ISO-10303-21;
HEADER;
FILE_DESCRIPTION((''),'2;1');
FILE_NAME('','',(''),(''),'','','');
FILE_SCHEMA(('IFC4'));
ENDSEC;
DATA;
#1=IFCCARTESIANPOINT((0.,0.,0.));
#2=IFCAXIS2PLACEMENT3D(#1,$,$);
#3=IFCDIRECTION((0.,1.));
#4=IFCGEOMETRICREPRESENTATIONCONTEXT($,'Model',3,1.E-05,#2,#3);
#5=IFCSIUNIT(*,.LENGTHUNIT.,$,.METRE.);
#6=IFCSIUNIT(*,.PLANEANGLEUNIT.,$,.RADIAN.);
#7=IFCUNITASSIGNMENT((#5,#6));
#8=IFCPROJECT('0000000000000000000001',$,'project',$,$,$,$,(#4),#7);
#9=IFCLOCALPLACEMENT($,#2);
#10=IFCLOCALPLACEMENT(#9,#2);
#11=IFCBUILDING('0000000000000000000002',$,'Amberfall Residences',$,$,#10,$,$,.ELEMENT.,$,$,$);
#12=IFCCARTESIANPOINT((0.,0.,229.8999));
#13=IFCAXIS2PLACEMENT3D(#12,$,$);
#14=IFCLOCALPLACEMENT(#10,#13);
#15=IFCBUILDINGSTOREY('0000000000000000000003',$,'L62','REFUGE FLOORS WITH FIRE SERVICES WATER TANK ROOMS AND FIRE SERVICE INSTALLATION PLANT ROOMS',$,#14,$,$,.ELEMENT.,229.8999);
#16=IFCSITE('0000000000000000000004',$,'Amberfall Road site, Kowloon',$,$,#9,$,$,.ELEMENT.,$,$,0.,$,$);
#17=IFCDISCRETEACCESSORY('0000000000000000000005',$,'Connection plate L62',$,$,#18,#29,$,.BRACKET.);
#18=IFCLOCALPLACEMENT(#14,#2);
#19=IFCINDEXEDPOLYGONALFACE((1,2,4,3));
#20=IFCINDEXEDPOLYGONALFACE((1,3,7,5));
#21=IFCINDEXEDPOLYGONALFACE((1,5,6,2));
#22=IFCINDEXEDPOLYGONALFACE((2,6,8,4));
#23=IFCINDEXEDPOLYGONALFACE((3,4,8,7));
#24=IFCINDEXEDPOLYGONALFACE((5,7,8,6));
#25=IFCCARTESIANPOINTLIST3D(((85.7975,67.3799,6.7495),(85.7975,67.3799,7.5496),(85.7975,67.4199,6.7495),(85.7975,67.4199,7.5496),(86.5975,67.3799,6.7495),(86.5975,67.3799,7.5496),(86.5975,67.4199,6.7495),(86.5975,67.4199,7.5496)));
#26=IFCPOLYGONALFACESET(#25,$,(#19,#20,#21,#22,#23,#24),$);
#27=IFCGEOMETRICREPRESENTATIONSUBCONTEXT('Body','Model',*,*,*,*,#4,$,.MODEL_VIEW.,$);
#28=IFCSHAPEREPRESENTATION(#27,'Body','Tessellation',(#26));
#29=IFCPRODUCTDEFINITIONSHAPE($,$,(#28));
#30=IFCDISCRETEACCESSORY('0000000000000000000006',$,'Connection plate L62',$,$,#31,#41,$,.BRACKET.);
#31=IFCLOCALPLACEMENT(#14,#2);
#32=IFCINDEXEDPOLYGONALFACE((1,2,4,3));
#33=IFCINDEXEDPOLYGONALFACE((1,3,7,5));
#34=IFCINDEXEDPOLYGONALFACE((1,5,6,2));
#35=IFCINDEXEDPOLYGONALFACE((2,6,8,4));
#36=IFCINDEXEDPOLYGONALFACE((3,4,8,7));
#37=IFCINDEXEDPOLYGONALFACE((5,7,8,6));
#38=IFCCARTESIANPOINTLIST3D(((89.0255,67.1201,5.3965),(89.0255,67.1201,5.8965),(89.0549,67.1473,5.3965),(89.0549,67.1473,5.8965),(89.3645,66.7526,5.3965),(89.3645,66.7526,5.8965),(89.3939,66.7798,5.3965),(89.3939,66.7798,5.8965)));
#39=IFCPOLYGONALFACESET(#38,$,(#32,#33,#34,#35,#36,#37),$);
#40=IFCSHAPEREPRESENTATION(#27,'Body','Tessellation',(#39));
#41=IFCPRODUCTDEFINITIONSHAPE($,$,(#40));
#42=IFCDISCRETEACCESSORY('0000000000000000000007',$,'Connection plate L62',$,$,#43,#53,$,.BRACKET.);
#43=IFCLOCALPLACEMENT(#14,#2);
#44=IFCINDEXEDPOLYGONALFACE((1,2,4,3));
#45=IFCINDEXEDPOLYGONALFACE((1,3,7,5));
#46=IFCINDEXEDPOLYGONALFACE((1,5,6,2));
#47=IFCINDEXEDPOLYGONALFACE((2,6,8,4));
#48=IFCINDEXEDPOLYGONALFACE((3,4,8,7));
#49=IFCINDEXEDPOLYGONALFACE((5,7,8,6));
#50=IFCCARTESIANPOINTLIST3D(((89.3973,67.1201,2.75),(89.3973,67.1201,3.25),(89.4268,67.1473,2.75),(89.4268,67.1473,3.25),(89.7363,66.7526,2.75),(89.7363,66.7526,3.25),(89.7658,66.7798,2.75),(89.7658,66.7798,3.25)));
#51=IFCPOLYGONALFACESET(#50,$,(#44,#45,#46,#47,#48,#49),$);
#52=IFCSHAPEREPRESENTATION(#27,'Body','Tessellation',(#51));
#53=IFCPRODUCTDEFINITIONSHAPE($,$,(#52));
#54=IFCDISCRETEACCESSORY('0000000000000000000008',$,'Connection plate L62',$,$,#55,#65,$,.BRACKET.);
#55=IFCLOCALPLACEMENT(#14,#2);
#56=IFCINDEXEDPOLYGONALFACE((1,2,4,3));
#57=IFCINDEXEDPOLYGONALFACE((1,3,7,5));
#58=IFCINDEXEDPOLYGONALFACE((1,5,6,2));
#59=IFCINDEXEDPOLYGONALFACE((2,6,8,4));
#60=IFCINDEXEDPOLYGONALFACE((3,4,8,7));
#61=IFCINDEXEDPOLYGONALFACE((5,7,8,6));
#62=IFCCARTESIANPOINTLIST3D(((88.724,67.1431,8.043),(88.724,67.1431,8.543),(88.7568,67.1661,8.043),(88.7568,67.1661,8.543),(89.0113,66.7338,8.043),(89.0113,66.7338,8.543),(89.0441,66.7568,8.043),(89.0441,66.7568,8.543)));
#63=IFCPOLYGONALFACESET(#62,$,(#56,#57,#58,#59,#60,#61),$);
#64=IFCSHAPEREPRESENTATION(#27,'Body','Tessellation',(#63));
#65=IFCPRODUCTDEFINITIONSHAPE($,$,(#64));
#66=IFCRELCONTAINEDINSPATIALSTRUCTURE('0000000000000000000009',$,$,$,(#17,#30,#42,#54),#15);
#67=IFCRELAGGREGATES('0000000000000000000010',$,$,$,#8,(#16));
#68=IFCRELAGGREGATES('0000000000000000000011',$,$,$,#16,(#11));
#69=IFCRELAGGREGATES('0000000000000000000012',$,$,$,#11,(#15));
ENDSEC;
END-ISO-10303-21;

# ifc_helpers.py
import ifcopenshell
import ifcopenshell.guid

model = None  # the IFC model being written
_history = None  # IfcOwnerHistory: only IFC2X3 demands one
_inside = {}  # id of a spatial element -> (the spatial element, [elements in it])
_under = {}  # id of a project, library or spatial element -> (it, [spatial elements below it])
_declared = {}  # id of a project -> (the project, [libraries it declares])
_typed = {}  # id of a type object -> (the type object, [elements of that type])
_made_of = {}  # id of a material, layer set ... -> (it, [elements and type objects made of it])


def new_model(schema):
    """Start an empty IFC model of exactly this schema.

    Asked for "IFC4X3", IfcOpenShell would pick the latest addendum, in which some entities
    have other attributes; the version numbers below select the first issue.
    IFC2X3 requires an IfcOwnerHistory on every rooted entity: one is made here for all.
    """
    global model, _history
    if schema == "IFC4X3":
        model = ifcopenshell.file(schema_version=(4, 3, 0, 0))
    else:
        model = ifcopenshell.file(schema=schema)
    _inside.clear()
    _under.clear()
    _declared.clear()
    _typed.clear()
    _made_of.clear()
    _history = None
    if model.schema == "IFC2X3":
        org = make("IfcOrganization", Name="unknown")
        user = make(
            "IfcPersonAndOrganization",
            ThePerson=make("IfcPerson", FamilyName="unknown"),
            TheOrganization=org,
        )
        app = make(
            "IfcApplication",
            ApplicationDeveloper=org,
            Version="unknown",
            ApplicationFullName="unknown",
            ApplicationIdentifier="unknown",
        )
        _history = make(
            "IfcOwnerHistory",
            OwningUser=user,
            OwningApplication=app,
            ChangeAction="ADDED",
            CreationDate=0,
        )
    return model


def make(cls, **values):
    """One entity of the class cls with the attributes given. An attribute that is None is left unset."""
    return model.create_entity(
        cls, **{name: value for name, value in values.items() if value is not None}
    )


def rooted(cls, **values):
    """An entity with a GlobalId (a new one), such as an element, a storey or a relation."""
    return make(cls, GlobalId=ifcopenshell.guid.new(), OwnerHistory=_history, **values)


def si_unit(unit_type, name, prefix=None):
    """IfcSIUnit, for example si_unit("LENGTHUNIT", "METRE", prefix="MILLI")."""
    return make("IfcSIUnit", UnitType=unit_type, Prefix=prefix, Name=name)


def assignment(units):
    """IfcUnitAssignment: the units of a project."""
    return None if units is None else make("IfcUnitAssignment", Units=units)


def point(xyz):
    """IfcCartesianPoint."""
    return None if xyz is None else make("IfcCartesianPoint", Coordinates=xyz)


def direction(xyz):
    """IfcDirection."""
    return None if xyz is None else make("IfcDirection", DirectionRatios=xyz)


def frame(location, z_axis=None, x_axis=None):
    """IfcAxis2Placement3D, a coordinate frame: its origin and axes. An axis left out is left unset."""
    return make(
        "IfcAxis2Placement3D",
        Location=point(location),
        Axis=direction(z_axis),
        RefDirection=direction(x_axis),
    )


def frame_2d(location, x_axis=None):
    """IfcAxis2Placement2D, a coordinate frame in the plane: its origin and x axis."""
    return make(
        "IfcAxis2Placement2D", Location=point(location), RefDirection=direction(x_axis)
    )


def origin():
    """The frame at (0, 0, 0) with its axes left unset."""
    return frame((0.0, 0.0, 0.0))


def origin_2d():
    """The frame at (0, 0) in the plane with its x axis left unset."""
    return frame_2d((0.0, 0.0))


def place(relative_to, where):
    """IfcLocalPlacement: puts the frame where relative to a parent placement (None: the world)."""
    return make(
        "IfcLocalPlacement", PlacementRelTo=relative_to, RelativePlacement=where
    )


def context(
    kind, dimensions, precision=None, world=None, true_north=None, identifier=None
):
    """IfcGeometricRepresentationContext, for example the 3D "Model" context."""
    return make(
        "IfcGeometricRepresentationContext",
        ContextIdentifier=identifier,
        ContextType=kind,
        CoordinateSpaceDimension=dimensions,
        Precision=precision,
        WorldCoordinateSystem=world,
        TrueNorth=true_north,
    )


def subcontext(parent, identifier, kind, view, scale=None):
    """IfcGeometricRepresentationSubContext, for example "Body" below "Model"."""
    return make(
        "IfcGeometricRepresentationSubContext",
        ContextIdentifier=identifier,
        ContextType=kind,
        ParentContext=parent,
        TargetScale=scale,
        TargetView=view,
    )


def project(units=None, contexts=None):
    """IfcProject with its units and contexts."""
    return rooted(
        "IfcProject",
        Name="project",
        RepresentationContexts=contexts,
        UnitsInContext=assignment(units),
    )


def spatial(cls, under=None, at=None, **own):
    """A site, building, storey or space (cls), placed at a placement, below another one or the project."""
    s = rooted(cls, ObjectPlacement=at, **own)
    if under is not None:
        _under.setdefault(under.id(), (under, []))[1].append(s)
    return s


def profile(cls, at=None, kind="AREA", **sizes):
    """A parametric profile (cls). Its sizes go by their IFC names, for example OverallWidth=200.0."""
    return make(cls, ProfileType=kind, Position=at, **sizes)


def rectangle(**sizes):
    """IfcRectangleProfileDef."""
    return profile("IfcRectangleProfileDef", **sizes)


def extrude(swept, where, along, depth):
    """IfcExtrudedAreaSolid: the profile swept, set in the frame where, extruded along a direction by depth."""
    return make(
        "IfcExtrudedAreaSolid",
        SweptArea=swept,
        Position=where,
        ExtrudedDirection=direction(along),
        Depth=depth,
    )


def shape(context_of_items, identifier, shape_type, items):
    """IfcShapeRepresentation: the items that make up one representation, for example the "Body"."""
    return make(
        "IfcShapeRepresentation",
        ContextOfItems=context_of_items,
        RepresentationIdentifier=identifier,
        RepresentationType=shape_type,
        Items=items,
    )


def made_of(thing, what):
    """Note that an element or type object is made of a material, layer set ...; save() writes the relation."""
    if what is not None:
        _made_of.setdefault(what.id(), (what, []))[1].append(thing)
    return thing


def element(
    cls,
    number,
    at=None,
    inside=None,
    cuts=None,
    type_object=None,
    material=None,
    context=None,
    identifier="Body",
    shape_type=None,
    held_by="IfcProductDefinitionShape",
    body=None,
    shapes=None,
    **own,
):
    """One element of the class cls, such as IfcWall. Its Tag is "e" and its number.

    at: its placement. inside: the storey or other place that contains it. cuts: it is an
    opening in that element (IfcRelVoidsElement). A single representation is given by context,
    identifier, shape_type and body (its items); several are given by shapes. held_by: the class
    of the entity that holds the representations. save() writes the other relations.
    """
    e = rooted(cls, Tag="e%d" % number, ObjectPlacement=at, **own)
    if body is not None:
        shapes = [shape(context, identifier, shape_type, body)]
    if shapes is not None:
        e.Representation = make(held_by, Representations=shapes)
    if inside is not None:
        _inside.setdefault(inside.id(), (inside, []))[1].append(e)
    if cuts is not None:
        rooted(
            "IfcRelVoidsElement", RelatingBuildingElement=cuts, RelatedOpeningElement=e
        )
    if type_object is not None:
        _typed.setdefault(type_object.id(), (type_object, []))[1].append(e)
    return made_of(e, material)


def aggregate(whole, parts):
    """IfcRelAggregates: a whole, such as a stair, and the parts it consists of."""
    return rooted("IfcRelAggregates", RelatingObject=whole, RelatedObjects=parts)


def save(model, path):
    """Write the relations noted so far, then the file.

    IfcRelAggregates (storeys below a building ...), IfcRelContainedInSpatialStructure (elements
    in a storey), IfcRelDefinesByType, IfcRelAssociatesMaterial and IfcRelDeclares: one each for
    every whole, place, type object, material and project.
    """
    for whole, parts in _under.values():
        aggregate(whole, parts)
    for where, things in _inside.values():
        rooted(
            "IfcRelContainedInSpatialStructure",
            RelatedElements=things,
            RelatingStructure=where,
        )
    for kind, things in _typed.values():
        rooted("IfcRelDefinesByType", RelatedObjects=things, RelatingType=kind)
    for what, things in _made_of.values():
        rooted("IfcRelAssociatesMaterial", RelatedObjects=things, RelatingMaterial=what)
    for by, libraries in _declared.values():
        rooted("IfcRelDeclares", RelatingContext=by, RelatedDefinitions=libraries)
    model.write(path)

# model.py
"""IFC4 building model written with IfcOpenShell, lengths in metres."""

from ifc_helpers import new_model, si_unit, direction, frame, origin, origin_2d, place, context, subcontext, project, spatial, rectangle, extrude, element, save


model = new_model("IFC4")

# Units and contexts
model_context = context("Model", 3, precision=1e-05, world=origin(), true_north=direction((0.0, 1.0)))
body_context = subcontext(model_context, "Body", "Model", "MODEL_VIEW")
ifc_project = project(units=[si_unit("LENGTHUNIT", "METRE"), si_unit("PLANEANGLEUNIT", "RADIAN")], contexts=[model_context])

# Site, building, storey
site_placement = place(None, origin())
site = spatial("IfcSite", under=ifc_project, at=site_placement, Name="Amberfall Road site, Kowloon", CompositionType="ELEMENT", RefElevation=0.0)
building_placement = place(site_placement, origin())
building = spatial("IfcBuilding", under=site, at=building_placement, Name="Amberfall Residences", CompositionType="ELEMENT")
storey_placement = place(building_placement, frame((0.0, 0.0, 229.8999)))
storey = spatial("IfcBuildingStorey", under=building, at=storey_placement, Name="L62", Description="REFUGE FLOORS WITH FIRE SERVICES WATER TANK ROOMS AND FIRE SERVICE INSTALLATION PLANT ROOMS", CompositionType="ELEMENT", Elevation=229.8999)

# Discrete accessories
discrete_accessory_1_placement = place(storey_placement, frame((86.1975, 67.3999, 6.7495), z_axis=(0.0, 0.0, 1.0), x_axis=(1.0, 0.0, 0.0)))
element("IfcDiscreteAccessory", 1, at=discrete_accessory_1_placement, inside=storey, Name="Connection plate L62", PredefinedType="BRACKET", context=body_context, shape_type="SweptSolid", body=[
    extrude(rectangle(XDim=0.8, YDim=0.04, at=origin_2d()), origin(), (0.0, 0.0, 1.0), 0.8),
])
for number, where, z_axis, x_axis, name in (
    (2, (89.2097, 66.95, 5.3965), (0.0, 0.0, 1.0), (-0.677993, 0.735068, 0.0), "Connection plate L62"),
    (3, (89.5815, 66.95, 2.75), (0.0, 0.0, 1.0), (-0.677993, 0.735068, 0.0), "Connection plate L62"),
    (4, (88.884, 66.95, 8.043), (0.0, 0.0, 1.0), (-0.574591, 0.818441, 0.0), "Connection plate L62"),
):
    element("IfcDiscreteAccessory", number, at=place(storey_placement, frame(where, z_axis=z_axis, x_axis=x_axis)), inside=storey, Name=name, PredefinedType="BRACKET", context=body_context, shape_type="SweptSolid", body=[
        extrude(rectangle(XDim=0.5, YDim=0.04, at=origin_2d()), origin(), (0.0, 0.0, 1.0), 0.5),
    ])

save(model, "model.ifc")
